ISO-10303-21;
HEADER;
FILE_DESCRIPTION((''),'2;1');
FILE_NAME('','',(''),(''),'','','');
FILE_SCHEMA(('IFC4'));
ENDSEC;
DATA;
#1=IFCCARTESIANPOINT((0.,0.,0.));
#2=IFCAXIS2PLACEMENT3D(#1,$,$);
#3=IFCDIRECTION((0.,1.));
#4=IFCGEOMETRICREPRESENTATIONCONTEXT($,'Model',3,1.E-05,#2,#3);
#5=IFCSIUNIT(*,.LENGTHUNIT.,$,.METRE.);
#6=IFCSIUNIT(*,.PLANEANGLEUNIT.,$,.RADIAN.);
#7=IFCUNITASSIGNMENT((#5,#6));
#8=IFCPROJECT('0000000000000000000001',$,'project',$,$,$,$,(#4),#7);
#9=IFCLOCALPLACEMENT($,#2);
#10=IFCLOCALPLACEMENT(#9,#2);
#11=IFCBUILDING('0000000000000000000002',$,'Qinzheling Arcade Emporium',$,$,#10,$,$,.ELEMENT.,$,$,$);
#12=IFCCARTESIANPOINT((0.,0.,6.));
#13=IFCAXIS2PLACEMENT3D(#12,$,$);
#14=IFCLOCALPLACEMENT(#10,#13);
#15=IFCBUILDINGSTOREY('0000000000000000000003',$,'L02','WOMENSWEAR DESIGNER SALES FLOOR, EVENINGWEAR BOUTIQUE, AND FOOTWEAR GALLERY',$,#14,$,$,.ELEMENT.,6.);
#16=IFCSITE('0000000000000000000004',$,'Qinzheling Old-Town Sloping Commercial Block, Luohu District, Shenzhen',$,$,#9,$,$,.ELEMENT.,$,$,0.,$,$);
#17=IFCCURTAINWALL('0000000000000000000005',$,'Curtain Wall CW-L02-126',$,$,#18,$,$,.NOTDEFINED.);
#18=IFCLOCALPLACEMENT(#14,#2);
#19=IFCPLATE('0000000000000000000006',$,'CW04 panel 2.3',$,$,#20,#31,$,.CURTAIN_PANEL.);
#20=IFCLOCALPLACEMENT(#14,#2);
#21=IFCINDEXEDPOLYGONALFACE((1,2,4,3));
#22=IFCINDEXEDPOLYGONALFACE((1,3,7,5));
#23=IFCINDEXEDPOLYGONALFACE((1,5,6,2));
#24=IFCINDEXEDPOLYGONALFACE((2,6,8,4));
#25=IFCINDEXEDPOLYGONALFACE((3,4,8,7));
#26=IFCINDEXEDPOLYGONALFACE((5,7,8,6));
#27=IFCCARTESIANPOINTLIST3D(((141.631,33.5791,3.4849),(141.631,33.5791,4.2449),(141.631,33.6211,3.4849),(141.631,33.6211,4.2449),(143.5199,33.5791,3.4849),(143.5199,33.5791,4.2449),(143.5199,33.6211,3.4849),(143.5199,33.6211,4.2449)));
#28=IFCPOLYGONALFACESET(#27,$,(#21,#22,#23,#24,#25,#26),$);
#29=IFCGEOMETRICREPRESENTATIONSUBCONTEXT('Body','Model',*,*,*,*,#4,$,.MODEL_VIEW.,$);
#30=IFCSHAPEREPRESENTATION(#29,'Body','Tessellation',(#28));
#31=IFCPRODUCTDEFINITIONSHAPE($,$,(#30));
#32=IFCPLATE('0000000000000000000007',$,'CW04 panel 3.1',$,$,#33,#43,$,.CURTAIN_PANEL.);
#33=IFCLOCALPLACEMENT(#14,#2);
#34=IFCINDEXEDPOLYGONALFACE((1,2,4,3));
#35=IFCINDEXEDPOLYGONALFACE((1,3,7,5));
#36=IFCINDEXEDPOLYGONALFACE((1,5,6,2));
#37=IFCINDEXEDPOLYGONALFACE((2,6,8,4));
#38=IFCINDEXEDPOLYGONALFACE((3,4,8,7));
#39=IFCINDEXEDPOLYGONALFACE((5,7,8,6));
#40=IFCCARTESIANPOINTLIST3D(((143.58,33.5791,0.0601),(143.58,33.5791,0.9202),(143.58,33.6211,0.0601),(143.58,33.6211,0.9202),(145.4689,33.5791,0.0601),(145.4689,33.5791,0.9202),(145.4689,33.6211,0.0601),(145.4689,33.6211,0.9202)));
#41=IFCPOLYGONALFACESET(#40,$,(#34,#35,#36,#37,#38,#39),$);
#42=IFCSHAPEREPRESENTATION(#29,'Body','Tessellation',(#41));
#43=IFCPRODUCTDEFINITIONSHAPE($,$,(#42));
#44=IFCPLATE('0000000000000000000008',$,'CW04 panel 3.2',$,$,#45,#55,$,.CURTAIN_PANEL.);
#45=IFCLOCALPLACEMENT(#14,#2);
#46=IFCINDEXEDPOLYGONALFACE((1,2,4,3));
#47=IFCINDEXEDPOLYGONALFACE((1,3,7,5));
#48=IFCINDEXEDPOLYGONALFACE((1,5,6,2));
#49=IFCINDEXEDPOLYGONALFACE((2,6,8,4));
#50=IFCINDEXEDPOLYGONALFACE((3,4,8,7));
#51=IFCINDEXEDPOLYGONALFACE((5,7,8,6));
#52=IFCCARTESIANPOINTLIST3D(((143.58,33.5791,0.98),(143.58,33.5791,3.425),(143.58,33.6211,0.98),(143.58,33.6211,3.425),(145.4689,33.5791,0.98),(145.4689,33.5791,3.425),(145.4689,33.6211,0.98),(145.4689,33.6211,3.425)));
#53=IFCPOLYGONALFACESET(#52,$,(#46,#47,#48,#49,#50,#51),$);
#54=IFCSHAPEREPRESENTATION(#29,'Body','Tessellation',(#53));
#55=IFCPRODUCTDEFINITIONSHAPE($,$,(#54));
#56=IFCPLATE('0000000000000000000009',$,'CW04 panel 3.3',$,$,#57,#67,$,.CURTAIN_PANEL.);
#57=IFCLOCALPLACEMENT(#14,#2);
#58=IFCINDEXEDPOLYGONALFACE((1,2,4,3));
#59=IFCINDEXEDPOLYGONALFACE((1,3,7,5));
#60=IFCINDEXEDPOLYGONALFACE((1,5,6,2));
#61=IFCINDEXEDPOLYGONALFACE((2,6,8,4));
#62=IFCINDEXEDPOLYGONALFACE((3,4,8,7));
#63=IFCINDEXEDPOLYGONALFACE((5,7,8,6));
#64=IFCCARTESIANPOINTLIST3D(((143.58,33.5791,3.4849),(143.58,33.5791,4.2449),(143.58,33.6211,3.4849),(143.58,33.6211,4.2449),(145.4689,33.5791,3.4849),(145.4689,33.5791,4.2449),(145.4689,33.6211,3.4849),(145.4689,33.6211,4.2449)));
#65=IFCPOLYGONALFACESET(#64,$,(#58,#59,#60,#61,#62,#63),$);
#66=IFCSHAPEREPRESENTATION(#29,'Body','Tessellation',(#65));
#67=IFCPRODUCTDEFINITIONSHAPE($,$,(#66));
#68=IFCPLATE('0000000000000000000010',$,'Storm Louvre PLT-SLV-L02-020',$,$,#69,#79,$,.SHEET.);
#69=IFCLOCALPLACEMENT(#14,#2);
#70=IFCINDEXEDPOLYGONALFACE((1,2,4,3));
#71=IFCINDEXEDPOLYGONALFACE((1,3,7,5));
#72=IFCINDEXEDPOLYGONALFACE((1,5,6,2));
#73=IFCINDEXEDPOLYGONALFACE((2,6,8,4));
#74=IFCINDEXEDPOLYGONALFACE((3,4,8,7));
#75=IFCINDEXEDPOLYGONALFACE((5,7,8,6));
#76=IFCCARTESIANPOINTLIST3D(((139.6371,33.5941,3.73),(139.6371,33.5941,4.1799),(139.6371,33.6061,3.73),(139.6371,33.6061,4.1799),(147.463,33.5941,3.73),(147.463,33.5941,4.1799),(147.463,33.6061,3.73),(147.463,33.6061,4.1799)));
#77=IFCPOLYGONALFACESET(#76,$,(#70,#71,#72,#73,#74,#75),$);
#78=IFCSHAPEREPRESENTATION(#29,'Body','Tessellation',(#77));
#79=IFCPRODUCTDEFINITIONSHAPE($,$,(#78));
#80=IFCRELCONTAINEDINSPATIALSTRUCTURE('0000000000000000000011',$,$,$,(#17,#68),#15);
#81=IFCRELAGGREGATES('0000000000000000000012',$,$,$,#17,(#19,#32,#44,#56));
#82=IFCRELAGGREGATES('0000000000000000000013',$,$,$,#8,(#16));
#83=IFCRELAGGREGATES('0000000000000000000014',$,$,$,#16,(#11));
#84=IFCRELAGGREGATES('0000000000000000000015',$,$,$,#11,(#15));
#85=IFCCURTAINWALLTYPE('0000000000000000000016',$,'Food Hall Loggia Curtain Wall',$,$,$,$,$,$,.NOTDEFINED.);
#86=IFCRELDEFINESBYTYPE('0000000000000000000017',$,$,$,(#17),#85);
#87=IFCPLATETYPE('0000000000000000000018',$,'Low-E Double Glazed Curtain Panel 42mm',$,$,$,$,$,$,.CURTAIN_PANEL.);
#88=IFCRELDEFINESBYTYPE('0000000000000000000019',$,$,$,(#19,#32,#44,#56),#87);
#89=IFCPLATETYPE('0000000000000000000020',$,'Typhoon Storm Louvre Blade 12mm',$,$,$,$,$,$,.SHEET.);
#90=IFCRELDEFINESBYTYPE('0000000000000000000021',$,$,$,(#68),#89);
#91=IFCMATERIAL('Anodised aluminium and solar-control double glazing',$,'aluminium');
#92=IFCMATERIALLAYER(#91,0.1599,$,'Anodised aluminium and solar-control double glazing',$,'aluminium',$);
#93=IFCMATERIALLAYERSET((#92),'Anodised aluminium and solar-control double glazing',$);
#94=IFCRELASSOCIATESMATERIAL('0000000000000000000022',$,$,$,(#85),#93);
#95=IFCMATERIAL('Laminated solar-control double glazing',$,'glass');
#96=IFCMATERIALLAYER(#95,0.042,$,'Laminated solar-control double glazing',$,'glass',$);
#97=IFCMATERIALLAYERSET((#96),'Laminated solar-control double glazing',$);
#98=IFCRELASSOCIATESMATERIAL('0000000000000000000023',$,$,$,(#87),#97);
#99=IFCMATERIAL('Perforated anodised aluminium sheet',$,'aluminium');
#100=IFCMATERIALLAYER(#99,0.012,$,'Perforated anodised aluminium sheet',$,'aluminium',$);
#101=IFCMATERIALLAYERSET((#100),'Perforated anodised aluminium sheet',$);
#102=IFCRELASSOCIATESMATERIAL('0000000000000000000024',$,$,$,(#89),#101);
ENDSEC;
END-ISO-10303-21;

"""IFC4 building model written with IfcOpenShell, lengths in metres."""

from ifc_helpers import new_model, si_unit, direction, frame, origin, origin_2d, place, context, subcontext, project, spatial, rectangle, extrude, material, layer, layer_set, type_object, element, aggregate, save


model = new_model("IFC4")

# Units and contexts
model_context = context("Model", 3, precision=1e-05, world=origin(), true_north=direction((0.0, 1.0)))
body_context = subcontext(model_context, "Body", "Model", "MODEL_VIEW")
ifc_project = project(units=[si_unit("LENGTHUNIT", "METRE"), si_unit("PLANEANGLEUNIT", "RADIAN")], contexts=[model_context])

# Site, building, storey
site_placement = place(None, origin())
site = spatial("IfcSite", under=ifc_project, at=site_placement, Name="Qinzheling Old-Town Sloping Commercial Block, Luohu District, Shenzhen", CompositionType="ELEMENT", RefElevation=0.0)
building_placement = place(site_placement, origin())
building = spatial("IfcBuilding", under=site, at=building_placement, Name="Qinzheling Arcade Emporium", CompositionType="ELEMENT")
storey_placement = place(building_placement, frame((0.0, 0.0, 6.0)))
storey = spatial("IfcBuildingStorey", under=building, at=storey_placement, Name="L02", Description="WOMENSWEAR DESIGNER SALES FLOOR, EVENINGWEAR BOUTIQUE, AND FOOTWEAR GALLERY", CompositionType="ELEMENT", Elevation=6.0)

# Curtain wall, plates
ifc_material_1 = material(Name="Anodised aluminium and solar-control double glazing", Category="aluminium")
ifc_layer_1 = layer(ifc_material_1, 0.1599, Name="Anodised aluminium and solar-control double glazing", Category="aluminium")
ifc_layer_set_1 = layer_set([ifc_layer_1], Name="Anodised aluminium and solar-control double glazing")
curtain_wall_type = type_object("IfcCurtainWallType", Name="Food Hall Loggia Curtain Wall", PredefinedType="NOTDEFINED", material=ifc_layer_set_1)
curtain_wall_placement = place(storey_placement, origin())
curtain_wall = element("IfcCurtainWall", 1, at=curtain_wall_placement, inside=storey, type_object=curtain_wall_type, Name="Curtain Wall CW-L02-126", PredefinedType="NOTDEFINED")
ifc_material_2 = material(Name="Laminated solar-control double glazing", Category="glass")
ifc_layer_2 = layer(ifc_material_2, 0.042, Name="Laminated solar-control double glazing", Category="glass")
ifc_layer_set_2 = layer_set([ifc_layer_2], Name="Laminated solar-control double glazing")
plate_type_1 = type_object("IfcPlateType", Name="Low-E Double Glazed Curtain Panel 42mm", PredefinedType="CURTAIN_PANEL", material=ifc_layer_set_2)
plate_1_placement = place(storey_placement, frame((142.5754, 33.6001, 3.4849), z_axis=(0.0, 0.0, 1.0), x_axis=(1.0, 0.0, 0.0)))
plate_1 = element("IfcPlate", 2, at=plate_1_placement, type_object=plate_type_1, Name="CW04 panel 2.3", PredefinedType="CURTAIN_PANEL", context=body_context, shape_type="SweptSolid", body=[
    extrude(rectangle(XDim=1.8889, YDim=0.042, at=origin_2d()), origin(), (0.0, 0.0, 1.0), 0.76),
])
plate_2_placement = place(storey_placement, frame((144.5244, 33.6001, 0.0601), z_axis=(0.0, 0.0, 1.0), x_axis=(1.0, 0.0, 0.0)))
plate_2 = element("IfcPlate", 3, at=plate_2_placement, type_object=plate_type_1, Name="CW04 panel 3.1", PredefinedType="CURTAIN_PANEL", context=body_context, shape_type="SweptSolid", body=[
    extrude(rectangle(XDim=1.8889, YDim=0.042, at=origin_2d()), origin(), (0.0, 0.0, 1.0), 0.8601),
])
plate_3_placement = place(storey_placement, frame((144.5244, 33.6001, 0.98), z_axis=(0.0, 0.0, 1.0), x_axis=(1.0, 0.0, 0.0)))
plate_3 = element("IfcPlate", 4, at=plate_3_placement, type_object=plate_type_1, Name="CW04 panel 3.2", PredefinedType="CURTAIN_PANEL", context=body_context, shape_type="SweptSolid", body=[
    extrude(rectangle(XDim=1.8889, YDim=0.042, at=origin_2d()), origin(), (0.0, 0.0, 1.0), 2.4451),
])
plate_4_placement = place(storey_placement, frame((144.5244, 33.6001, 3.4849), z_axis=(0.0, 0.0, 1.0), x_axis=(1.0, 0.0, 0.0)))
plate_4 = element("IfcPlate", 5, at=plate_4_placement, type_object=plate_type_1, Name="CW04 panel 3.3", PredefinedType="CURTAIN_PANEL", context=body_context, shape_type="SweptSolid", body=[
    extrude(rectangle(XDim=1.8889, YDim=0.042, at=origin_2d()), origin(), (0.0, 0.0, 1.0), 0.76),
])
aggregate(curtain_wall, [plate_1, plate_2, plate_3, plate_4])

# Plate
ifc_material_3 = material(Name="Perforated anodised aluminium sheet", Category="aluminium")
ifc_layer_3 = layer(ifc_material_3, 0.012, Name="Perforated anodised aluminium sheet", Category="aluminium")
ifc_layer_set_3 = layer_set([ifc_layer_3], Name="Perforated anodised aluminium sheet")
plate_type_2 = type_object("IfcPlateType", Name="Typhoon Storm Louvre Blade 12mm", PredefinedType="SHEET", material=ifc_layer_set_3)
plate_5_placement = place(storey_placement, frame((143.55, 33.6001, 3.73), z_axis=(0.0, 0.0, 1.0), x_axis=(1.0, 0.0, 0.0)))
element("IfcPlate", 6, at=plate_5_placement, inside=storey, type_object=plate_type_2, Name="Storm Louvre PLT-SLV-L02-020", PredefinedType="SHEET", context=body_context, shape_type="SweptSolid", body=[
    extrude(rectangle(XDim=7.8259, YDim=0.012, at=origin_2d()), origin(), (0.0, 0.0, 1.0), 0.45),
])

save(model, "model.ifc")
